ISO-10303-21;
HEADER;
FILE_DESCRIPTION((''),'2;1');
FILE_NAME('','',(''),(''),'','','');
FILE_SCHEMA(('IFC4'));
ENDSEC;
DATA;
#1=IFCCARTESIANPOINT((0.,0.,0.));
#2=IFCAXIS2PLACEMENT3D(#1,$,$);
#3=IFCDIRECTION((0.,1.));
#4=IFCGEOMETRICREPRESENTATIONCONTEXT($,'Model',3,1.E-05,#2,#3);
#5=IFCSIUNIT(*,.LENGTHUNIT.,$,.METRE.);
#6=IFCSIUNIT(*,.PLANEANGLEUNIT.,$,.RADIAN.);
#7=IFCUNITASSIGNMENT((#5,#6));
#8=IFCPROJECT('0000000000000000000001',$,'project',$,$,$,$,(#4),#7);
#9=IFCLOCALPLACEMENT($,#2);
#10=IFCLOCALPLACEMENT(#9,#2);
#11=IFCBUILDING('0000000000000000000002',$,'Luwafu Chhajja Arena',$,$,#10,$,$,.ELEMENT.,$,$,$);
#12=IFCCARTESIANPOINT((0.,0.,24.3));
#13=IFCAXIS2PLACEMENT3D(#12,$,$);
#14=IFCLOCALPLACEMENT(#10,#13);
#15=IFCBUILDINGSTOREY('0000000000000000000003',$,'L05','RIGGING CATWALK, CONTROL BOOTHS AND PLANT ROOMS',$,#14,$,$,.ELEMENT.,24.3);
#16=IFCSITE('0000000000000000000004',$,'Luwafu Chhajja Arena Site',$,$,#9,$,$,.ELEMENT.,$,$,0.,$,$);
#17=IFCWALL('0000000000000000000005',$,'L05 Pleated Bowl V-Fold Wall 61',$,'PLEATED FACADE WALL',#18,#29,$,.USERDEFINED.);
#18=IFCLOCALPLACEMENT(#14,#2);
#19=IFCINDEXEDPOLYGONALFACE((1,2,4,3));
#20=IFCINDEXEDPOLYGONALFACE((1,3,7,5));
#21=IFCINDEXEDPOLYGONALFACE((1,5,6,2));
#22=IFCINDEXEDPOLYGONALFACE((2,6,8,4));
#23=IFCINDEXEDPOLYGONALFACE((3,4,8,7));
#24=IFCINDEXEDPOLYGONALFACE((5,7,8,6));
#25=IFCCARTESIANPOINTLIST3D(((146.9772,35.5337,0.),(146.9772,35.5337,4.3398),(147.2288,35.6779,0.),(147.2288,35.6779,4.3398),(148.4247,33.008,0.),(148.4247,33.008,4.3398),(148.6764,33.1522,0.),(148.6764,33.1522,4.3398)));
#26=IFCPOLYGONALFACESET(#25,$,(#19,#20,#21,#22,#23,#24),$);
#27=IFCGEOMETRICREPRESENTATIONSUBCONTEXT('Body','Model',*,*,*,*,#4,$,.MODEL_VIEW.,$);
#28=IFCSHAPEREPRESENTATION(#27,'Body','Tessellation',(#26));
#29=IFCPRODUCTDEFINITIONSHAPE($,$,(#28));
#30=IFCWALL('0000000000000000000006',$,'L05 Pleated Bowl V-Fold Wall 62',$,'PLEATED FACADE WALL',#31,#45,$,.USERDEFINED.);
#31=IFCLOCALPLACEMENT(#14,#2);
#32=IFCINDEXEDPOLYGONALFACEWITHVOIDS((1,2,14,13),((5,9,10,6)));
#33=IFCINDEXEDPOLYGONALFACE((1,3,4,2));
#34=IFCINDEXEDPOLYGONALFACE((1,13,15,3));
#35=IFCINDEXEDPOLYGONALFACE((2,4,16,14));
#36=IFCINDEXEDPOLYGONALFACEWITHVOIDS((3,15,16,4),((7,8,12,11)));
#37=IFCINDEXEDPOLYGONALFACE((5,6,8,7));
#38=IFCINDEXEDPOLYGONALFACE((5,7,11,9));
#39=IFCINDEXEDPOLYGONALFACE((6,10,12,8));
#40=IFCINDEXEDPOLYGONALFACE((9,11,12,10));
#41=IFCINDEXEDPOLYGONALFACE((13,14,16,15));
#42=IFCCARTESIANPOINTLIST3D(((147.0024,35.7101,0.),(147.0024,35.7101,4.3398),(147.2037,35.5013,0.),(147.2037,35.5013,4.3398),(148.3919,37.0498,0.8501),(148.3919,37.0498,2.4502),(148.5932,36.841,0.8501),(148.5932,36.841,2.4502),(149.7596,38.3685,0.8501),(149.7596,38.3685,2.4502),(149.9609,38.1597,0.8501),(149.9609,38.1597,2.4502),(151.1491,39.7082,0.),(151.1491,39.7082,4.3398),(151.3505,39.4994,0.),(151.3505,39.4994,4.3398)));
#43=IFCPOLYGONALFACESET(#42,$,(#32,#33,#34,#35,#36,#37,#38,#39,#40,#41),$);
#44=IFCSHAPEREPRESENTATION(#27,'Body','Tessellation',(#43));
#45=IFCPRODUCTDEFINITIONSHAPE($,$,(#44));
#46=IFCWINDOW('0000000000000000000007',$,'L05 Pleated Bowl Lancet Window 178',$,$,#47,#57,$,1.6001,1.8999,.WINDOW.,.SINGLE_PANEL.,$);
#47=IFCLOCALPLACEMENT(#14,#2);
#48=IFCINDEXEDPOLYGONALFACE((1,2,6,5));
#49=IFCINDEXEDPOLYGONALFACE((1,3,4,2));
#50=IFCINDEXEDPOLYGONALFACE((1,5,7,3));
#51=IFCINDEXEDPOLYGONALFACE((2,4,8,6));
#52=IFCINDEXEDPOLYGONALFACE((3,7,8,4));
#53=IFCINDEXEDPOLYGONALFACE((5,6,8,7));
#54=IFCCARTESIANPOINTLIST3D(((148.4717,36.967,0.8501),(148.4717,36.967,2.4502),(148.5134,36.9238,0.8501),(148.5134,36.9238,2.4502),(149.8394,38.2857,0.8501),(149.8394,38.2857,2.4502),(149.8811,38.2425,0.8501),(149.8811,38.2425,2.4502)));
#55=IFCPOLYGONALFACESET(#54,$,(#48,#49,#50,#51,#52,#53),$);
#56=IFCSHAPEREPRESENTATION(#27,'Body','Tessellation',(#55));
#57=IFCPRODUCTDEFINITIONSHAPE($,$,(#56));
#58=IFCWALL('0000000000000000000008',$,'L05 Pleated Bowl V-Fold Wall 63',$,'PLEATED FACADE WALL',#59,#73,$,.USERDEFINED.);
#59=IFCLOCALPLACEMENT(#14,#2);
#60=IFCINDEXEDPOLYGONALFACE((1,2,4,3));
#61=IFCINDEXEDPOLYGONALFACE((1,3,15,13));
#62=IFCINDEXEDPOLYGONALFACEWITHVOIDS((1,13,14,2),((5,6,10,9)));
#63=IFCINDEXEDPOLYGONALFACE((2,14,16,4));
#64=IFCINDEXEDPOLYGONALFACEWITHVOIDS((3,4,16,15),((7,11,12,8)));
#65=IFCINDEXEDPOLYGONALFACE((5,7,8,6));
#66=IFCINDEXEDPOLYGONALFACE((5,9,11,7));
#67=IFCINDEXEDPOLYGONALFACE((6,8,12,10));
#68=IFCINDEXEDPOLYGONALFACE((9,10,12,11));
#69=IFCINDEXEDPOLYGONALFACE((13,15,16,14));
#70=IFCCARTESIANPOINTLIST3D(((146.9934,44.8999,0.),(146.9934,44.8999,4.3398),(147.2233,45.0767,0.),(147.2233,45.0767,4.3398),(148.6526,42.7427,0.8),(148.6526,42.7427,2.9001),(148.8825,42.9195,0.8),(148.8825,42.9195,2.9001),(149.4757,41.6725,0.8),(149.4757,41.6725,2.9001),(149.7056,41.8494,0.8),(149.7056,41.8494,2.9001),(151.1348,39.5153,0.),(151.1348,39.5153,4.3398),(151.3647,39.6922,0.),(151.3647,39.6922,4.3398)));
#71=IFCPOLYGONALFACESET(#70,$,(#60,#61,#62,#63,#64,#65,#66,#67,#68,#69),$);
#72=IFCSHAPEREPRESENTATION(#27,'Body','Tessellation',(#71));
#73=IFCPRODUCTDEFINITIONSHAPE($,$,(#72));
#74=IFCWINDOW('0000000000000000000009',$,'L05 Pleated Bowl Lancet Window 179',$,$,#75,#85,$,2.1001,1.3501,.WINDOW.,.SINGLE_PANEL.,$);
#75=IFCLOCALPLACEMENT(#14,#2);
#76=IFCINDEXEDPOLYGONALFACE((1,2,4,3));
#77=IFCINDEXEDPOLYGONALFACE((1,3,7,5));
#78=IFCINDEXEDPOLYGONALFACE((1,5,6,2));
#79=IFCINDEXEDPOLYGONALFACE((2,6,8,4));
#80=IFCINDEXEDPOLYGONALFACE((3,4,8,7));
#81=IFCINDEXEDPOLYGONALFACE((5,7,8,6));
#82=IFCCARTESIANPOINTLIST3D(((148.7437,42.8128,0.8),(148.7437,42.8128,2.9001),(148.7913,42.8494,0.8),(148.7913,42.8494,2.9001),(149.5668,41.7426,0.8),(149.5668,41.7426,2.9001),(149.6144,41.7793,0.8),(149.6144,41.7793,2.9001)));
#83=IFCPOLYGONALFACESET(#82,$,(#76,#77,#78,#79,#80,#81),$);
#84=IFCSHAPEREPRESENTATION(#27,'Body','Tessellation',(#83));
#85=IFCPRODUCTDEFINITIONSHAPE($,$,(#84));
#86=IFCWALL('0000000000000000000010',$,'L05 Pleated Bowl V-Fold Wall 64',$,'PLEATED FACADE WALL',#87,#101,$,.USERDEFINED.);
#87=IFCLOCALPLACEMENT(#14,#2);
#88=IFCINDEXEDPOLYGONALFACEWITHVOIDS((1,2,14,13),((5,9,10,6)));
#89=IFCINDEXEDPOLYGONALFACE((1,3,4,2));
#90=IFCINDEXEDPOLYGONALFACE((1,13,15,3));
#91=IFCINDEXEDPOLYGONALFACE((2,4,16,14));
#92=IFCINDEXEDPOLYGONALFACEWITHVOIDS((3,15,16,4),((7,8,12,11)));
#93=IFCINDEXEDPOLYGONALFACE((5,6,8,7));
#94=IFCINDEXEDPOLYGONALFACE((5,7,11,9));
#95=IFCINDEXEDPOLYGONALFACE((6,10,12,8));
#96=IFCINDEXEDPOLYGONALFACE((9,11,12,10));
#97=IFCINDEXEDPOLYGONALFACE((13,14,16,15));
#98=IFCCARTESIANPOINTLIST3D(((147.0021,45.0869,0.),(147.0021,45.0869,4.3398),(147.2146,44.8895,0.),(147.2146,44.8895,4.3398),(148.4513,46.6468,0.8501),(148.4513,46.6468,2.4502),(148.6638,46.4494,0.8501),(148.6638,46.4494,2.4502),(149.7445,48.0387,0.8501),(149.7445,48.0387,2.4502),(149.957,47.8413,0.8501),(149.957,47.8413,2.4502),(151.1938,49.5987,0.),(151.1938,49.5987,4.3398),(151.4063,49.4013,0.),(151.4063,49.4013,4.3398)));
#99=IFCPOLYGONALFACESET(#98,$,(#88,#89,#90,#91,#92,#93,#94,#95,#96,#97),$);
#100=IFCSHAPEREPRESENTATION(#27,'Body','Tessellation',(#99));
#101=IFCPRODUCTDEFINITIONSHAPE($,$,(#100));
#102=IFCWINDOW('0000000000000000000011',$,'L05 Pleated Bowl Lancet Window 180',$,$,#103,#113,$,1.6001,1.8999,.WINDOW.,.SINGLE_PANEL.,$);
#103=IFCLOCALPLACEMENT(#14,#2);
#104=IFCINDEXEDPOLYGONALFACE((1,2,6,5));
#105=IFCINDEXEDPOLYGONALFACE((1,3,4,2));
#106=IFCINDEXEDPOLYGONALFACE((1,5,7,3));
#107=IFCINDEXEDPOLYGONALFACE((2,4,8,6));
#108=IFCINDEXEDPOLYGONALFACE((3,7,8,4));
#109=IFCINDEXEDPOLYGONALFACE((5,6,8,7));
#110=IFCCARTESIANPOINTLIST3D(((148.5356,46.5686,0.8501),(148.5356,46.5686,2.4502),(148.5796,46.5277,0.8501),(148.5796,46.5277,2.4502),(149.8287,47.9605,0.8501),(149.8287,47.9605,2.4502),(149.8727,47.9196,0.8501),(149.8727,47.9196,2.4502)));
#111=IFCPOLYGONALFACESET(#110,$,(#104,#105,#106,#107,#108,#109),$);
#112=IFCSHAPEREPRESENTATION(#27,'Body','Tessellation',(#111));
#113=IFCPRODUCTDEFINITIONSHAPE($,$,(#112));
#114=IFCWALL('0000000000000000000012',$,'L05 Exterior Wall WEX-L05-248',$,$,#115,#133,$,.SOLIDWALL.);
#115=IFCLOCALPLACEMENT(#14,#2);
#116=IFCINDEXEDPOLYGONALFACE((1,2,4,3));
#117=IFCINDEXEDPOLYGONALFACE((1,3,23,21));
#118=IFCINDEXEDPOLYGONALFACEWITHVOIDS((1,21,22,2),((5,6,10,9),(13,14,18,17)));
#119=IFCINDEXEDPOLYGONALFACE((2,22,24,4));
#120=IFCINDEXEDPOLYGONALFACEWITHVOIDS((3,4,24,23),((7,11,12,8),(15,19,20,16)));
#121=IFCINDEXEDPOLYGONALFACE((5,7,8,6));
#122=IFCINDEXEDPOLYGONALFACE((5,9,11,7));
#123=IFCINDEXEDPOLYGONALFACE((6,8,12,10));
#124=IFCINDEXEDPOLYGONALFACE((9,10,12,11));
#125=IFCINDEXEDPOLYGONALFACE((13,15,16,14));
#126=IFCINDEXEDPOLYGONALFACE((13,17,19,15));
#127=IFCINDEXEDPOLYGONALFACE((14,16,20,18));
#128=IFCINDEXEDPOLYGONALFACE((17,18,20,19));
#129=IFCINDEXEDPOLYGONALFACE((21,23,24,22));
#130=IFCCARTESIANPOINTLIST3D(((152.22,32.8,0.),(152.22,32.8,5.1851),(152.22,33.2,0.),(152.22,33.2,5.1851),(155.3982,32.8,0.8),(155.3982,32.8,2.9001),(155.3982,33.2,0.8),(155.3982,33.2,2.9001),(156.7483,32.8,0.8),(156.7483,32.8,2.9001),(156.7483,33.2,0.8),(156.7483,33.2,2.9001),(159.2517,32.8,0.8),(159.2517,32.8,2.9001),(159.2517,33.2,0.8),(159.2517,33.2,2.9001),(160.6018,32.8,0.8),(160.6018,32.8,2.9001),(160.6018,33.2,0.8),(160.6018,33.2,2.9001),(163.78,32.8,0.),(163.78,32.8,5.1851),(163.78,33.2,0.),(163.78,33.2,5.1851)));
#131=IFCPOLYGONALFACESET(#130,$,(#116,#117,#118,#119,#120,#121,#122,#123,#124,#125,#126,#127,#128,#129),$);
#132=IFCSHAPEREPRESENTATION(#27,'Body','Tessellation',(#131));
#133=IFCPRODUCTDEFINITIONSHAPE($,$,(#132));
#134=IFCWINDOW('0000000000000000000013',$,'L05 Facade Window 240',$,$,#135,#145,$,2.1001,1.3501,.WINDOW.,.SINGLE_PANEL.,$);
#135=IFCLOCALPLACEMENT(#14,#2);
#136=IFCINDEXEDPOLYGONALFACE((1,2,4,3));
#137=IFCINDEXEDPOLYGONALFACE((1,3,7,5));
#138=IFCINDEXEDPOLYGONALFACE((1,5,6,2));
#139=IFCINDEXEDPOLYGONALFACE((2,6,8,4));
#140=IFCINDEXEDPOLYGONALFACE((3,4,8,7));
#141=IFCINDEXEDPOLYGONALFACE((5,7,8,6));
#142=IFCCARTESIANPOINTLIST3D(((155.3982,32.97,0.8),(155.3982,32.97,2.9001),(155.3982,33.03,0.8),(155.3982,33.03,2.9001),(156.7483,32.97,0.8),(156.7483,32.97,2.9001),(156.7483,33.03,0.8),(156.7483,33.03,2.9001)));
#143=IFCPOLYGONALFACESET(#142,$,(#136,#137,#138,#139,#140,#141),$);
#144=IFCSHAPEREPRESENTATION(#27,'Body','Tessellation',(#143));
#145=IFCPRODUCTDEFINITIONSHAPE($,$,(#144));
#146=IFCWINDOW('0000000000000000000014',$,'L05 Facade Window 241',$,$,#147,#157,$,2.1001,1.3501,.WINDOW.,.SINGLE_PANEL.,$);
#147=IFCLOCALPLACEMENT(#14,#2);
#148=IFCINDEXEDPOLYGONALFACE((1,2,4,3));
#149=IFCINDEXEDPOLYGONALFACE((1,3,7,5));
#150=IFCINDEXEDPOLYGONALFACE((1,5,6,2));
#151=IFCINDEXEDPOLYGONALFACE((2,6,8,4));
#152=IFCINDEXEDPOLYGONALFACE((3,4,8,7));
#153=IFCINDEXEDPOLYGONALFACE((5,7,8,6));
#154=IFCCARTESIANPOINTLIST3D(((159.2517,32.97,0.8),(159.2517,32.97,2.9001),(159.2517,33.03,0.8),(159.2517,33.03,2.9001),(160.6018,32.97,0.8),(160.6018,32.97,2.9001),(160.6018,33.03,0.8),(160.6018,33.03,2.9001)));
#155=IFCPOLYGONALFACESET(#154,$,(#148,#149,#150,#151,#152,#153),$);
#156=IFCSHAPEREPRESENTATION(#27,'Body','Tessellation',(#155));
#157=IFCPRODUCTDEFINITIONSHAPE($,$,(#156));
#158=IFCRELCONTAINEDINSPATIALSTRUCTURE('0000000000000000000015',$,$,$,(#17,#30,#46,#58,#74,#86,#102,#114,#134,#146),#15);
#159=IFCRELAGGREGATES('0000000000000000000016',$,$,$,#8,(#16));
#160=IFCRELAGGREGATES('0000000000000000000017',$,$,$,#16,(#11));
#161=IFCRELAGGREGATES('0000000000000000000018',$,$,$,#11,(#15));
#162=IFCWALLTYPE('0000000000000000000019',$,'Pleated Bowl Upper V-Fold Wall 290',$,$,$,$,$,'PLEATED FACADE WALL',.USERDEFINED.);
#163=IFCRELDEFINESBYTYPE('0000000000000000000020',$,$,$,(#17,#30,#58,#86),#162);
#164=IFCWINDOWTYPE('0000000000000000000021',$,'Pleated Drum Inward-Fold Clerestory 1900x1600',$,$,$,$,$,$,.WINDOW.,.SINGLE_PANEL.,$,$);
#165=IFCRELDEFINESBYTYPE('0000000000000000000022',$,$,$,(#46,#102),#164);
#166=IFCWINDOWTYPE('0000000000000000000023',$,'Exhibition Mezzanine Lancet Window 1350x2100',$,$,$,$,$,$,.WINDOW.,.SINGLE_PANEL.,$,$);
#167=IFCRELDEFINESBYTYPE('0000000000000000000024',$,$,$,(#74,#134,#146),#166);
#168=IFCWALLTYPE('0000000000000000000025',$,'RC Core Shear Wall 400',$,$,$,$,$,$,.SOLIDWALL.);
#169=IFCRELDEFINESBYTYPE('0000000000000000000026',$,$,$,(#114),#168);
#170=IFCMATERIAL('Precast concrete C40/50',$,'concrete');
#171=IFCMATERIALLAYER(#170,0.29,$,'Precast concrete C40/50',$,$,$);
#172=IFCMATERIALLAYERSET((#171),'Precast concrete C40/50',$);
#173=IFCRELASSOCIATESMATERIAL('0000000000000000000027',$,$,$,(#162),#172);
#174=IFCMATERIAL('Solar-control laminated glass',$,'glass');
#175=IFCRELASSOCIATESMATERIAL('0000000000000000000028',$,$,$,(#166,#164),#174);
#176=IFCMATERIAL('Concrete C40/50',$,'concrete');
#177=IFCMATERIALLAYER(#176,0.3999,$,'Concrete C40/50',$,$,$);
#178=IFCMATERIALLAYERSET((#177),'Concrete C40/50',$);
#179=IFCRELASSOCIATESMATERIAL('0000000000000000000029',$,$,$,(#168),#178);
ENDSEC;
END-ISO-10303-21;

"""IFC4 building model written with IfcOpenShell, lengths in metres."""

from ifc_helpers import new_model, si_unit, direction, frame, frame_2d, origin, place, context, subcontext, project, spatial, rectangle, extrude, material, layer, layer_set, type_object, element, fill, save


model = new_model("IFC4")

# Units and contexts
model_context = context("Model", 3, precision=1e-05, world=origin(), true_north=direction((0.0, 1.0)))
body_context = subcontext(model_context, "Body", "Model", "MODEL_VIEW")
ifc_project = project(units=[si_unit("LENGTHUNIT", "METRE"), si_unit("PLANEANGLEUNIT", "RADIAN")], contexts=[model_context])

# Site, building, storey
site_placement = place(None, origin())
site = spatial("IfcSite", under=ifc_project, at=site_placement, Name="Luwafu Chhajja Arena Site", CompositionType="ELEMENT", RefElevation=0.0)
building_placement = place(site_placement, origin())
building = spatial("IfcBuilding", under=site, at=building_placement, Name="Luwafu Chhajja Arena", CompositionType="ELEMENT")
storey_placement = place(building_placement, frame((0.0, 0.0, 24.3)))
storey = spatial("IfcBuildingStorey", under=building, at=storey_placement, Name="L05", Description="RIGGING CATWALK, CONTROL BOOTHS AND PLANT ROOMS", CompositionType="ELEMENT", Elevation=24.3)

# Shared definitions
ifc_material_1 = material(Name="Concrete C40/50", Category="concrete")

# Shared definitions
ifc_material_2 = material(Name="Precast concrete C40/50", Category="concrete")
ifc_layer_1 = layer(ifc_material_2, 0.29, Name="Precast concrete C40/50")
ifc_layer_set_1 = layer_set([ifc_layer_1], Name="Precast concrete C40/50")
wall_type_1 = type_object("IfcWallType", Name="Pleated Bowl Upper V-Fold Wall 290", ElementType="PLEATED FACADE WALL", PredefinedType="USERDEFINED", material=ifc_layer_set_1)
ifc_material_3 = material(Name="Solar-control laminated glass", Category="glass")
window_type_1 = type_object("IfcWindowType", Name="Exhibition Mezzanine Lancet Window 1350x2100", PartitioningType="SINGLE_PANEL", PredefinedType="WINDOW", material=ifc_material_3)

# Wall
wall_1_placement = place(storey_placement, frame((148.5505, 33.0801, 0.0), z_axis=(0.0, 0.0, 1.0), x_axis=(-0.497249, 0.867608, 0.0)))
element("IfcWall", 1, at=wall_1_placement, inside=storey, type_object=wall_type_1, Name="L05 Pleated Bowl V-Fold Wall 61", ObjectType="PLEATED FACADE WALL", PredefinedType="USERDEFINED", context=body_context, shape_type="SweptSolid", body=[
    extrude(rectangle(XDim=2.9111, YDim=0.29, at=frame_2d((1.4556, 0.0))), origin(), (0.0, 0.0, 1.0), 4.3398),
])

# Walls, openings, windows
wall_2_placement = place(storey_placement, frame((147.103, 35.6057, 0.0), z_axis=(0.0, 0.0, 1.0), x_axis=(0.719895, 0.694083, 0.0)))
wall_2 = element("IfcWall", 2, at=wall_2_placement, inside=storey, type_object=wall_type_1, Name="L05 Pleated Bowl V-Fold Wall 62", ObjectType="PLEATED FACADE WALL", PredefinedType="USERDEFINED", context=body_context, shape_type="SweptSolid", body=[
    extrude(rectangle(XDim=5.7603, YDim=0.29, at=frame_2d((2.8801, 0.0))), origin(), (0.0, 0.0, 1.0), 4.3398),
])
opening_1_placement = place(wall_2_placement, frame((1.9302, 0.0, 0.8501)))
opening_1 = element("IfcOpeningElement", 3, at=opening_1_placement, cuts=wall_2, PredefinedType="OPENING", context=body_context, shape_type="SweptSolid", body=[
    extrude(rectangle(XDim=1.8999, YDim=1.6001, at=frame_2d((0.95, 0.8))), frame((0.0, 0.155, 0.0), z_axis=(0.0, -1.0, 0.0), x_axis=(1.0, 0.0, 0.0)), (0.0, 0.0, 1.0), 0.3101),
])
window_type_2 = type_object("IfcWindowType", Name="Pleated Drum Inward-Fold Clerestory 1900x1600", PartitioningType="SINGLE_PANEL", PredefinedType="WINDOW", material=ifc_material_3)
window_1_placement = place(opening_1_placement, origin())
window_1 = element("IfcWindow", 4, at=window_1_placement, inside=storey, type_object=window_type_2, Name="L05 Pleated Bowl Lancet Window 178", OverallHeight=1.6001, OverallWidth=1.8999, PartitioningType="SINGLE_PANEL", PredefinedType="WINDOW", context=body_context, shape_type="SweptSolid", body=[
    extrude(rectangle(XDim=1.8999, YDim=1.6001, at=frame_2d((0.95, 0.8))), frame((0.0, 0.03, 0.0), z_axis=(0.0, -1.0, 0.0), x_axis=(1.0, 0.0, 0.0)), (0.0, 0.0, 1.0), 0.0601),
])
fill(opening_1, window_1)
wall_3_placement = place(storey_placement, frame((151.2498, 39.6038, 0.0), z_axis=(0.0, 0.0, 1.0), x_axis=(-0.609657, 0.792665, 0.0)))
wall_3 = element("IfcWall", 5, at=wall_3_placement, inside=storey, type_object=wall_type_1, Name="L05 Pleated Bowl V-Fold Wall 63", ObjectType="PLEATED FACADE WALL", PredefinedType="USERDEFINED", context=body_context, shape_type="SweptSolid", body=[
    extrude(rectangle(XDim=6.793, YDim=0.29, at=frame_2d((3.3965, 0.0))), origin(), (0.0, 0.0, 1.0), 4.3398),
])
opening_2_placement = place(wall_3_placement, frame((2.7214, 0.0, 0.8)))
opening_2 = element("IfcOpeningElement", 6, at=opening_2_placement, cuts=wall_3, PredefinedType="OPENING", context=body_context, shape_type="SweptSolid", body=[
    extrude(rectangle(XDim=1.3501, YDim=2.1001, at=frame_2d((0.675, 1.05))), frame((0.0, 0.155, 0.0), z_axis=(0.0, -1.0, 0.0), x_axis=(1.0, 0.0, 0.0)), (0.0, 0.0, 1.0), 0.3101),
])
window_2_placement = place(opening_2_placement, origin())
window_2 = element("IfcWindow", 7, at=window_2_placement, inside=storey, type_object=window_type_1, Name="L05 Pleated Bowl Lancet Window 179", OverallHeight=2.1001, OverallWidth=1.3501, PartitioningType="SINGLE_PANEL", PredefinedType="WINDOW", context=body_context, shape_type="SweptSolid", body=[
    extrude(rectangle(XDim=1.3501, YDim=2.1001, at=frame_2d((0.675, 1.05))), frame((0.0, 0.03, 0.0), z_axis=(0.0, -1.0, 0.0), x_axis=(1.0, 0.0, 0.0)), (0.0, 0.0, 1.0), 0.0601),
])
fill(opening_2, window_2)
wall_4_placement = place(storey_placement, frame((147.1084, 44.9883, 0.0), z_axis=(0.0, 0.0, 1.0), x_axis=(0.680643, 0.732616, 0.0)))
wall_4 = element("IfcWall", 8, at=wall_4_placement, inside=storey, type_object=wall_type_1, Name="L05 Pleated Bowl V-Fold Wall 64", ObjectType="PLEATED FACADE WALL", PredefinedType="USERDEFINED", context=body_context, shape_type="SweptSolid", body=[
    extrude(rectangle(XDim=6.1584, YDim=0.29, at=frame_2d((3.0791, 0.0))), origin(), (0.0, 0.0, 1.0), 4.3398),
])
opening_3_placement = place(wall_4_placement, frame((2.1292, 0.0, 0.8501)))
opening_3 = element("IfcOpeningElement", 9, at=opening_3_placement, cuts=wall_4, PredefinedType="OPENING", context=body_context, shape_type="SweptSolid", body=[
    extrude(rectangle(XDim=1.8999, YDim=1.6001, at=frame_2d((0.95, 0.8))), frame((0.0, 0.155, 0.0), z_axis=(0.0, -1.0, 0.0), x_axis=(1.0, 0.0, 0.0)), (0.0, 0.0, 1.0), 0.3101),
])
window_3_placement = place(opening_3_placement, origin())
window_3 = element("IfcWindow", 10, at=window_3_placement, inside=storey, type_object=window_type_2, Name="L05 Pleated Bowl Lancet Window 180", OverallHeight=1.6001, OverallWidth=1.8999, PartitioningType="SINGLE_PANEL", PredefinedType="WINDOW", context=body_context, shape_type="SweptSolid", body=[
    extrude(rectangle(XDim=1.8999, YDim=1.6001, at=frame_2d((0.95, 0.8))), frame((0.0, 0.03, 0.0), z_axis=(0.0, -1.0, 0.0), x_axis=(1.0, 0.0, 0.0)), (0.0, 0.0, 1.0), 0.0601),
])
fill(opening_3, window_3)

# Wall, openings, windows
ifc_layer_2 = layer(ifc_material_1, 0.3999, Name="Concrete C40/50")
ifc_layer_set_2 = layer_set([ifc_layer_2], Name="Concrete C40/50")
wall_type_2 = type_object("IfcWallType", Name="RC Core Shear Wall 400", PredefinedType="SOLIDWALL", material=ifc_layer_set_2)
wall_5_placement = place(storey_placement, frame((152.22, 33.0, 0.0), z_axis=(0.0, 0.0, 1.0), x_axis=(1.0, 0.0, 0.0)))
wall_5 = element("IfcWall", 11, at=wall_5_placement, inside=storey, type_object=wall_type_2, Name="L05 Exterior Wall WEX-L05-248", PredefinedType="SOLIDWALL", context=body_context, shape_type="SweptSolid", body=[
    extrude(rectangle(XDim=11.5601, YDim=0.3999, at=frame_2d((5.78, 0.0))), origin(), (0.0, 0.0, 1.0), 5.1851),
])
opening_4_placement = place(wall_5_placement, frame((3.1782, 0.0, 0.8)))
opening_4 = element("IfcOpeningElement", 12, at=opening_4_placement, cuts=wall_5, PredefinedType="OPENING", context=body_context, shape_type="SweptSolid", body=[
    extrude(rectangle(XDim=1.3501, YDim=2.1001, at=frame_2d((0.675, 1.05))), frame((0.0, 0.21, 0.0), z_axis=(0.0, -1.0, 0.0), x_axis=(1.0, 0.0, 0.0)), (0.0, 0.0, 1.0), 0.4199),
])
opening_5_placement = place(wall_5_placement, frame((7.0317, 0.0, 0.8)))
opening_5 = element("IfcOpeningElement", 13, at=opening_5_placement, cuts=wall_5, PredefinedType="OPENING", context=body_context, shape_type="SweptSolid", body=[
    extrude(rectangle(XDim=1.3501, YDim=2.1001, at=frame_2d((0.675, 1.05))), frame((0.0, 0.21, 0.0), z_axis=(0.0, -1.0, 0.0), x_axis=(1.0, 0.0, 0.0)), (0.0, 0.0, 1.0), 0.4199),
])
window_4_placement = place(opening_4_placement, origin())
window_4 = element("IfcWindow", 14, at=window_4_placement, inside=storey, type_object=window_type_1, Name="L05 Facade Window 240", OverallHeight=2.1001, OverallWidth=1.3501, PartitioningType="SINGLE_PANEL", PredefinedType="WINDOW", context=body_context, shape_type="SweptSolid", body=[
    extrude(rectangle(XDim=1.3501, YDim=2.1001, at=frame_2d((0.675, 1.05))), frame((0.0, 0.03, 0.0), z_axis=(0.0, -1.0, 0.0), x_axis=(1.0, 0.0, 0.0)), (0.0, 0.0, 1.0), 0.0601),
])
fill(opening_4, window_4)
window_5_placement = place(opening_5_placement, origin())
window_5 = element("IfcWindow", 15, at=window_5_placement, inside=storey, type_object=window_type_1, Name="L05 Facade Window 241", OverallHeight=2.1001, OverallWidth=1.3501, PartitioningType="SINGLE_PANEL", PredefinedType="WINDOW", context=body_context, shape_type="SweptSolid", body=[
    extrude(rectangle(XDim=1.3501, YDim=2.1001, at=frame_2d((0.675, 1.05))), frame((0.0, 0.03, 0.0), z_axis=(0.0, -1.0, 0.0), x_axis=(1.0, 0.0, 0.0)), (0.0, 0.0, 1.0), 0.0601),
])
fill(opening_5, window_5)

save(model, "model.ifc")
